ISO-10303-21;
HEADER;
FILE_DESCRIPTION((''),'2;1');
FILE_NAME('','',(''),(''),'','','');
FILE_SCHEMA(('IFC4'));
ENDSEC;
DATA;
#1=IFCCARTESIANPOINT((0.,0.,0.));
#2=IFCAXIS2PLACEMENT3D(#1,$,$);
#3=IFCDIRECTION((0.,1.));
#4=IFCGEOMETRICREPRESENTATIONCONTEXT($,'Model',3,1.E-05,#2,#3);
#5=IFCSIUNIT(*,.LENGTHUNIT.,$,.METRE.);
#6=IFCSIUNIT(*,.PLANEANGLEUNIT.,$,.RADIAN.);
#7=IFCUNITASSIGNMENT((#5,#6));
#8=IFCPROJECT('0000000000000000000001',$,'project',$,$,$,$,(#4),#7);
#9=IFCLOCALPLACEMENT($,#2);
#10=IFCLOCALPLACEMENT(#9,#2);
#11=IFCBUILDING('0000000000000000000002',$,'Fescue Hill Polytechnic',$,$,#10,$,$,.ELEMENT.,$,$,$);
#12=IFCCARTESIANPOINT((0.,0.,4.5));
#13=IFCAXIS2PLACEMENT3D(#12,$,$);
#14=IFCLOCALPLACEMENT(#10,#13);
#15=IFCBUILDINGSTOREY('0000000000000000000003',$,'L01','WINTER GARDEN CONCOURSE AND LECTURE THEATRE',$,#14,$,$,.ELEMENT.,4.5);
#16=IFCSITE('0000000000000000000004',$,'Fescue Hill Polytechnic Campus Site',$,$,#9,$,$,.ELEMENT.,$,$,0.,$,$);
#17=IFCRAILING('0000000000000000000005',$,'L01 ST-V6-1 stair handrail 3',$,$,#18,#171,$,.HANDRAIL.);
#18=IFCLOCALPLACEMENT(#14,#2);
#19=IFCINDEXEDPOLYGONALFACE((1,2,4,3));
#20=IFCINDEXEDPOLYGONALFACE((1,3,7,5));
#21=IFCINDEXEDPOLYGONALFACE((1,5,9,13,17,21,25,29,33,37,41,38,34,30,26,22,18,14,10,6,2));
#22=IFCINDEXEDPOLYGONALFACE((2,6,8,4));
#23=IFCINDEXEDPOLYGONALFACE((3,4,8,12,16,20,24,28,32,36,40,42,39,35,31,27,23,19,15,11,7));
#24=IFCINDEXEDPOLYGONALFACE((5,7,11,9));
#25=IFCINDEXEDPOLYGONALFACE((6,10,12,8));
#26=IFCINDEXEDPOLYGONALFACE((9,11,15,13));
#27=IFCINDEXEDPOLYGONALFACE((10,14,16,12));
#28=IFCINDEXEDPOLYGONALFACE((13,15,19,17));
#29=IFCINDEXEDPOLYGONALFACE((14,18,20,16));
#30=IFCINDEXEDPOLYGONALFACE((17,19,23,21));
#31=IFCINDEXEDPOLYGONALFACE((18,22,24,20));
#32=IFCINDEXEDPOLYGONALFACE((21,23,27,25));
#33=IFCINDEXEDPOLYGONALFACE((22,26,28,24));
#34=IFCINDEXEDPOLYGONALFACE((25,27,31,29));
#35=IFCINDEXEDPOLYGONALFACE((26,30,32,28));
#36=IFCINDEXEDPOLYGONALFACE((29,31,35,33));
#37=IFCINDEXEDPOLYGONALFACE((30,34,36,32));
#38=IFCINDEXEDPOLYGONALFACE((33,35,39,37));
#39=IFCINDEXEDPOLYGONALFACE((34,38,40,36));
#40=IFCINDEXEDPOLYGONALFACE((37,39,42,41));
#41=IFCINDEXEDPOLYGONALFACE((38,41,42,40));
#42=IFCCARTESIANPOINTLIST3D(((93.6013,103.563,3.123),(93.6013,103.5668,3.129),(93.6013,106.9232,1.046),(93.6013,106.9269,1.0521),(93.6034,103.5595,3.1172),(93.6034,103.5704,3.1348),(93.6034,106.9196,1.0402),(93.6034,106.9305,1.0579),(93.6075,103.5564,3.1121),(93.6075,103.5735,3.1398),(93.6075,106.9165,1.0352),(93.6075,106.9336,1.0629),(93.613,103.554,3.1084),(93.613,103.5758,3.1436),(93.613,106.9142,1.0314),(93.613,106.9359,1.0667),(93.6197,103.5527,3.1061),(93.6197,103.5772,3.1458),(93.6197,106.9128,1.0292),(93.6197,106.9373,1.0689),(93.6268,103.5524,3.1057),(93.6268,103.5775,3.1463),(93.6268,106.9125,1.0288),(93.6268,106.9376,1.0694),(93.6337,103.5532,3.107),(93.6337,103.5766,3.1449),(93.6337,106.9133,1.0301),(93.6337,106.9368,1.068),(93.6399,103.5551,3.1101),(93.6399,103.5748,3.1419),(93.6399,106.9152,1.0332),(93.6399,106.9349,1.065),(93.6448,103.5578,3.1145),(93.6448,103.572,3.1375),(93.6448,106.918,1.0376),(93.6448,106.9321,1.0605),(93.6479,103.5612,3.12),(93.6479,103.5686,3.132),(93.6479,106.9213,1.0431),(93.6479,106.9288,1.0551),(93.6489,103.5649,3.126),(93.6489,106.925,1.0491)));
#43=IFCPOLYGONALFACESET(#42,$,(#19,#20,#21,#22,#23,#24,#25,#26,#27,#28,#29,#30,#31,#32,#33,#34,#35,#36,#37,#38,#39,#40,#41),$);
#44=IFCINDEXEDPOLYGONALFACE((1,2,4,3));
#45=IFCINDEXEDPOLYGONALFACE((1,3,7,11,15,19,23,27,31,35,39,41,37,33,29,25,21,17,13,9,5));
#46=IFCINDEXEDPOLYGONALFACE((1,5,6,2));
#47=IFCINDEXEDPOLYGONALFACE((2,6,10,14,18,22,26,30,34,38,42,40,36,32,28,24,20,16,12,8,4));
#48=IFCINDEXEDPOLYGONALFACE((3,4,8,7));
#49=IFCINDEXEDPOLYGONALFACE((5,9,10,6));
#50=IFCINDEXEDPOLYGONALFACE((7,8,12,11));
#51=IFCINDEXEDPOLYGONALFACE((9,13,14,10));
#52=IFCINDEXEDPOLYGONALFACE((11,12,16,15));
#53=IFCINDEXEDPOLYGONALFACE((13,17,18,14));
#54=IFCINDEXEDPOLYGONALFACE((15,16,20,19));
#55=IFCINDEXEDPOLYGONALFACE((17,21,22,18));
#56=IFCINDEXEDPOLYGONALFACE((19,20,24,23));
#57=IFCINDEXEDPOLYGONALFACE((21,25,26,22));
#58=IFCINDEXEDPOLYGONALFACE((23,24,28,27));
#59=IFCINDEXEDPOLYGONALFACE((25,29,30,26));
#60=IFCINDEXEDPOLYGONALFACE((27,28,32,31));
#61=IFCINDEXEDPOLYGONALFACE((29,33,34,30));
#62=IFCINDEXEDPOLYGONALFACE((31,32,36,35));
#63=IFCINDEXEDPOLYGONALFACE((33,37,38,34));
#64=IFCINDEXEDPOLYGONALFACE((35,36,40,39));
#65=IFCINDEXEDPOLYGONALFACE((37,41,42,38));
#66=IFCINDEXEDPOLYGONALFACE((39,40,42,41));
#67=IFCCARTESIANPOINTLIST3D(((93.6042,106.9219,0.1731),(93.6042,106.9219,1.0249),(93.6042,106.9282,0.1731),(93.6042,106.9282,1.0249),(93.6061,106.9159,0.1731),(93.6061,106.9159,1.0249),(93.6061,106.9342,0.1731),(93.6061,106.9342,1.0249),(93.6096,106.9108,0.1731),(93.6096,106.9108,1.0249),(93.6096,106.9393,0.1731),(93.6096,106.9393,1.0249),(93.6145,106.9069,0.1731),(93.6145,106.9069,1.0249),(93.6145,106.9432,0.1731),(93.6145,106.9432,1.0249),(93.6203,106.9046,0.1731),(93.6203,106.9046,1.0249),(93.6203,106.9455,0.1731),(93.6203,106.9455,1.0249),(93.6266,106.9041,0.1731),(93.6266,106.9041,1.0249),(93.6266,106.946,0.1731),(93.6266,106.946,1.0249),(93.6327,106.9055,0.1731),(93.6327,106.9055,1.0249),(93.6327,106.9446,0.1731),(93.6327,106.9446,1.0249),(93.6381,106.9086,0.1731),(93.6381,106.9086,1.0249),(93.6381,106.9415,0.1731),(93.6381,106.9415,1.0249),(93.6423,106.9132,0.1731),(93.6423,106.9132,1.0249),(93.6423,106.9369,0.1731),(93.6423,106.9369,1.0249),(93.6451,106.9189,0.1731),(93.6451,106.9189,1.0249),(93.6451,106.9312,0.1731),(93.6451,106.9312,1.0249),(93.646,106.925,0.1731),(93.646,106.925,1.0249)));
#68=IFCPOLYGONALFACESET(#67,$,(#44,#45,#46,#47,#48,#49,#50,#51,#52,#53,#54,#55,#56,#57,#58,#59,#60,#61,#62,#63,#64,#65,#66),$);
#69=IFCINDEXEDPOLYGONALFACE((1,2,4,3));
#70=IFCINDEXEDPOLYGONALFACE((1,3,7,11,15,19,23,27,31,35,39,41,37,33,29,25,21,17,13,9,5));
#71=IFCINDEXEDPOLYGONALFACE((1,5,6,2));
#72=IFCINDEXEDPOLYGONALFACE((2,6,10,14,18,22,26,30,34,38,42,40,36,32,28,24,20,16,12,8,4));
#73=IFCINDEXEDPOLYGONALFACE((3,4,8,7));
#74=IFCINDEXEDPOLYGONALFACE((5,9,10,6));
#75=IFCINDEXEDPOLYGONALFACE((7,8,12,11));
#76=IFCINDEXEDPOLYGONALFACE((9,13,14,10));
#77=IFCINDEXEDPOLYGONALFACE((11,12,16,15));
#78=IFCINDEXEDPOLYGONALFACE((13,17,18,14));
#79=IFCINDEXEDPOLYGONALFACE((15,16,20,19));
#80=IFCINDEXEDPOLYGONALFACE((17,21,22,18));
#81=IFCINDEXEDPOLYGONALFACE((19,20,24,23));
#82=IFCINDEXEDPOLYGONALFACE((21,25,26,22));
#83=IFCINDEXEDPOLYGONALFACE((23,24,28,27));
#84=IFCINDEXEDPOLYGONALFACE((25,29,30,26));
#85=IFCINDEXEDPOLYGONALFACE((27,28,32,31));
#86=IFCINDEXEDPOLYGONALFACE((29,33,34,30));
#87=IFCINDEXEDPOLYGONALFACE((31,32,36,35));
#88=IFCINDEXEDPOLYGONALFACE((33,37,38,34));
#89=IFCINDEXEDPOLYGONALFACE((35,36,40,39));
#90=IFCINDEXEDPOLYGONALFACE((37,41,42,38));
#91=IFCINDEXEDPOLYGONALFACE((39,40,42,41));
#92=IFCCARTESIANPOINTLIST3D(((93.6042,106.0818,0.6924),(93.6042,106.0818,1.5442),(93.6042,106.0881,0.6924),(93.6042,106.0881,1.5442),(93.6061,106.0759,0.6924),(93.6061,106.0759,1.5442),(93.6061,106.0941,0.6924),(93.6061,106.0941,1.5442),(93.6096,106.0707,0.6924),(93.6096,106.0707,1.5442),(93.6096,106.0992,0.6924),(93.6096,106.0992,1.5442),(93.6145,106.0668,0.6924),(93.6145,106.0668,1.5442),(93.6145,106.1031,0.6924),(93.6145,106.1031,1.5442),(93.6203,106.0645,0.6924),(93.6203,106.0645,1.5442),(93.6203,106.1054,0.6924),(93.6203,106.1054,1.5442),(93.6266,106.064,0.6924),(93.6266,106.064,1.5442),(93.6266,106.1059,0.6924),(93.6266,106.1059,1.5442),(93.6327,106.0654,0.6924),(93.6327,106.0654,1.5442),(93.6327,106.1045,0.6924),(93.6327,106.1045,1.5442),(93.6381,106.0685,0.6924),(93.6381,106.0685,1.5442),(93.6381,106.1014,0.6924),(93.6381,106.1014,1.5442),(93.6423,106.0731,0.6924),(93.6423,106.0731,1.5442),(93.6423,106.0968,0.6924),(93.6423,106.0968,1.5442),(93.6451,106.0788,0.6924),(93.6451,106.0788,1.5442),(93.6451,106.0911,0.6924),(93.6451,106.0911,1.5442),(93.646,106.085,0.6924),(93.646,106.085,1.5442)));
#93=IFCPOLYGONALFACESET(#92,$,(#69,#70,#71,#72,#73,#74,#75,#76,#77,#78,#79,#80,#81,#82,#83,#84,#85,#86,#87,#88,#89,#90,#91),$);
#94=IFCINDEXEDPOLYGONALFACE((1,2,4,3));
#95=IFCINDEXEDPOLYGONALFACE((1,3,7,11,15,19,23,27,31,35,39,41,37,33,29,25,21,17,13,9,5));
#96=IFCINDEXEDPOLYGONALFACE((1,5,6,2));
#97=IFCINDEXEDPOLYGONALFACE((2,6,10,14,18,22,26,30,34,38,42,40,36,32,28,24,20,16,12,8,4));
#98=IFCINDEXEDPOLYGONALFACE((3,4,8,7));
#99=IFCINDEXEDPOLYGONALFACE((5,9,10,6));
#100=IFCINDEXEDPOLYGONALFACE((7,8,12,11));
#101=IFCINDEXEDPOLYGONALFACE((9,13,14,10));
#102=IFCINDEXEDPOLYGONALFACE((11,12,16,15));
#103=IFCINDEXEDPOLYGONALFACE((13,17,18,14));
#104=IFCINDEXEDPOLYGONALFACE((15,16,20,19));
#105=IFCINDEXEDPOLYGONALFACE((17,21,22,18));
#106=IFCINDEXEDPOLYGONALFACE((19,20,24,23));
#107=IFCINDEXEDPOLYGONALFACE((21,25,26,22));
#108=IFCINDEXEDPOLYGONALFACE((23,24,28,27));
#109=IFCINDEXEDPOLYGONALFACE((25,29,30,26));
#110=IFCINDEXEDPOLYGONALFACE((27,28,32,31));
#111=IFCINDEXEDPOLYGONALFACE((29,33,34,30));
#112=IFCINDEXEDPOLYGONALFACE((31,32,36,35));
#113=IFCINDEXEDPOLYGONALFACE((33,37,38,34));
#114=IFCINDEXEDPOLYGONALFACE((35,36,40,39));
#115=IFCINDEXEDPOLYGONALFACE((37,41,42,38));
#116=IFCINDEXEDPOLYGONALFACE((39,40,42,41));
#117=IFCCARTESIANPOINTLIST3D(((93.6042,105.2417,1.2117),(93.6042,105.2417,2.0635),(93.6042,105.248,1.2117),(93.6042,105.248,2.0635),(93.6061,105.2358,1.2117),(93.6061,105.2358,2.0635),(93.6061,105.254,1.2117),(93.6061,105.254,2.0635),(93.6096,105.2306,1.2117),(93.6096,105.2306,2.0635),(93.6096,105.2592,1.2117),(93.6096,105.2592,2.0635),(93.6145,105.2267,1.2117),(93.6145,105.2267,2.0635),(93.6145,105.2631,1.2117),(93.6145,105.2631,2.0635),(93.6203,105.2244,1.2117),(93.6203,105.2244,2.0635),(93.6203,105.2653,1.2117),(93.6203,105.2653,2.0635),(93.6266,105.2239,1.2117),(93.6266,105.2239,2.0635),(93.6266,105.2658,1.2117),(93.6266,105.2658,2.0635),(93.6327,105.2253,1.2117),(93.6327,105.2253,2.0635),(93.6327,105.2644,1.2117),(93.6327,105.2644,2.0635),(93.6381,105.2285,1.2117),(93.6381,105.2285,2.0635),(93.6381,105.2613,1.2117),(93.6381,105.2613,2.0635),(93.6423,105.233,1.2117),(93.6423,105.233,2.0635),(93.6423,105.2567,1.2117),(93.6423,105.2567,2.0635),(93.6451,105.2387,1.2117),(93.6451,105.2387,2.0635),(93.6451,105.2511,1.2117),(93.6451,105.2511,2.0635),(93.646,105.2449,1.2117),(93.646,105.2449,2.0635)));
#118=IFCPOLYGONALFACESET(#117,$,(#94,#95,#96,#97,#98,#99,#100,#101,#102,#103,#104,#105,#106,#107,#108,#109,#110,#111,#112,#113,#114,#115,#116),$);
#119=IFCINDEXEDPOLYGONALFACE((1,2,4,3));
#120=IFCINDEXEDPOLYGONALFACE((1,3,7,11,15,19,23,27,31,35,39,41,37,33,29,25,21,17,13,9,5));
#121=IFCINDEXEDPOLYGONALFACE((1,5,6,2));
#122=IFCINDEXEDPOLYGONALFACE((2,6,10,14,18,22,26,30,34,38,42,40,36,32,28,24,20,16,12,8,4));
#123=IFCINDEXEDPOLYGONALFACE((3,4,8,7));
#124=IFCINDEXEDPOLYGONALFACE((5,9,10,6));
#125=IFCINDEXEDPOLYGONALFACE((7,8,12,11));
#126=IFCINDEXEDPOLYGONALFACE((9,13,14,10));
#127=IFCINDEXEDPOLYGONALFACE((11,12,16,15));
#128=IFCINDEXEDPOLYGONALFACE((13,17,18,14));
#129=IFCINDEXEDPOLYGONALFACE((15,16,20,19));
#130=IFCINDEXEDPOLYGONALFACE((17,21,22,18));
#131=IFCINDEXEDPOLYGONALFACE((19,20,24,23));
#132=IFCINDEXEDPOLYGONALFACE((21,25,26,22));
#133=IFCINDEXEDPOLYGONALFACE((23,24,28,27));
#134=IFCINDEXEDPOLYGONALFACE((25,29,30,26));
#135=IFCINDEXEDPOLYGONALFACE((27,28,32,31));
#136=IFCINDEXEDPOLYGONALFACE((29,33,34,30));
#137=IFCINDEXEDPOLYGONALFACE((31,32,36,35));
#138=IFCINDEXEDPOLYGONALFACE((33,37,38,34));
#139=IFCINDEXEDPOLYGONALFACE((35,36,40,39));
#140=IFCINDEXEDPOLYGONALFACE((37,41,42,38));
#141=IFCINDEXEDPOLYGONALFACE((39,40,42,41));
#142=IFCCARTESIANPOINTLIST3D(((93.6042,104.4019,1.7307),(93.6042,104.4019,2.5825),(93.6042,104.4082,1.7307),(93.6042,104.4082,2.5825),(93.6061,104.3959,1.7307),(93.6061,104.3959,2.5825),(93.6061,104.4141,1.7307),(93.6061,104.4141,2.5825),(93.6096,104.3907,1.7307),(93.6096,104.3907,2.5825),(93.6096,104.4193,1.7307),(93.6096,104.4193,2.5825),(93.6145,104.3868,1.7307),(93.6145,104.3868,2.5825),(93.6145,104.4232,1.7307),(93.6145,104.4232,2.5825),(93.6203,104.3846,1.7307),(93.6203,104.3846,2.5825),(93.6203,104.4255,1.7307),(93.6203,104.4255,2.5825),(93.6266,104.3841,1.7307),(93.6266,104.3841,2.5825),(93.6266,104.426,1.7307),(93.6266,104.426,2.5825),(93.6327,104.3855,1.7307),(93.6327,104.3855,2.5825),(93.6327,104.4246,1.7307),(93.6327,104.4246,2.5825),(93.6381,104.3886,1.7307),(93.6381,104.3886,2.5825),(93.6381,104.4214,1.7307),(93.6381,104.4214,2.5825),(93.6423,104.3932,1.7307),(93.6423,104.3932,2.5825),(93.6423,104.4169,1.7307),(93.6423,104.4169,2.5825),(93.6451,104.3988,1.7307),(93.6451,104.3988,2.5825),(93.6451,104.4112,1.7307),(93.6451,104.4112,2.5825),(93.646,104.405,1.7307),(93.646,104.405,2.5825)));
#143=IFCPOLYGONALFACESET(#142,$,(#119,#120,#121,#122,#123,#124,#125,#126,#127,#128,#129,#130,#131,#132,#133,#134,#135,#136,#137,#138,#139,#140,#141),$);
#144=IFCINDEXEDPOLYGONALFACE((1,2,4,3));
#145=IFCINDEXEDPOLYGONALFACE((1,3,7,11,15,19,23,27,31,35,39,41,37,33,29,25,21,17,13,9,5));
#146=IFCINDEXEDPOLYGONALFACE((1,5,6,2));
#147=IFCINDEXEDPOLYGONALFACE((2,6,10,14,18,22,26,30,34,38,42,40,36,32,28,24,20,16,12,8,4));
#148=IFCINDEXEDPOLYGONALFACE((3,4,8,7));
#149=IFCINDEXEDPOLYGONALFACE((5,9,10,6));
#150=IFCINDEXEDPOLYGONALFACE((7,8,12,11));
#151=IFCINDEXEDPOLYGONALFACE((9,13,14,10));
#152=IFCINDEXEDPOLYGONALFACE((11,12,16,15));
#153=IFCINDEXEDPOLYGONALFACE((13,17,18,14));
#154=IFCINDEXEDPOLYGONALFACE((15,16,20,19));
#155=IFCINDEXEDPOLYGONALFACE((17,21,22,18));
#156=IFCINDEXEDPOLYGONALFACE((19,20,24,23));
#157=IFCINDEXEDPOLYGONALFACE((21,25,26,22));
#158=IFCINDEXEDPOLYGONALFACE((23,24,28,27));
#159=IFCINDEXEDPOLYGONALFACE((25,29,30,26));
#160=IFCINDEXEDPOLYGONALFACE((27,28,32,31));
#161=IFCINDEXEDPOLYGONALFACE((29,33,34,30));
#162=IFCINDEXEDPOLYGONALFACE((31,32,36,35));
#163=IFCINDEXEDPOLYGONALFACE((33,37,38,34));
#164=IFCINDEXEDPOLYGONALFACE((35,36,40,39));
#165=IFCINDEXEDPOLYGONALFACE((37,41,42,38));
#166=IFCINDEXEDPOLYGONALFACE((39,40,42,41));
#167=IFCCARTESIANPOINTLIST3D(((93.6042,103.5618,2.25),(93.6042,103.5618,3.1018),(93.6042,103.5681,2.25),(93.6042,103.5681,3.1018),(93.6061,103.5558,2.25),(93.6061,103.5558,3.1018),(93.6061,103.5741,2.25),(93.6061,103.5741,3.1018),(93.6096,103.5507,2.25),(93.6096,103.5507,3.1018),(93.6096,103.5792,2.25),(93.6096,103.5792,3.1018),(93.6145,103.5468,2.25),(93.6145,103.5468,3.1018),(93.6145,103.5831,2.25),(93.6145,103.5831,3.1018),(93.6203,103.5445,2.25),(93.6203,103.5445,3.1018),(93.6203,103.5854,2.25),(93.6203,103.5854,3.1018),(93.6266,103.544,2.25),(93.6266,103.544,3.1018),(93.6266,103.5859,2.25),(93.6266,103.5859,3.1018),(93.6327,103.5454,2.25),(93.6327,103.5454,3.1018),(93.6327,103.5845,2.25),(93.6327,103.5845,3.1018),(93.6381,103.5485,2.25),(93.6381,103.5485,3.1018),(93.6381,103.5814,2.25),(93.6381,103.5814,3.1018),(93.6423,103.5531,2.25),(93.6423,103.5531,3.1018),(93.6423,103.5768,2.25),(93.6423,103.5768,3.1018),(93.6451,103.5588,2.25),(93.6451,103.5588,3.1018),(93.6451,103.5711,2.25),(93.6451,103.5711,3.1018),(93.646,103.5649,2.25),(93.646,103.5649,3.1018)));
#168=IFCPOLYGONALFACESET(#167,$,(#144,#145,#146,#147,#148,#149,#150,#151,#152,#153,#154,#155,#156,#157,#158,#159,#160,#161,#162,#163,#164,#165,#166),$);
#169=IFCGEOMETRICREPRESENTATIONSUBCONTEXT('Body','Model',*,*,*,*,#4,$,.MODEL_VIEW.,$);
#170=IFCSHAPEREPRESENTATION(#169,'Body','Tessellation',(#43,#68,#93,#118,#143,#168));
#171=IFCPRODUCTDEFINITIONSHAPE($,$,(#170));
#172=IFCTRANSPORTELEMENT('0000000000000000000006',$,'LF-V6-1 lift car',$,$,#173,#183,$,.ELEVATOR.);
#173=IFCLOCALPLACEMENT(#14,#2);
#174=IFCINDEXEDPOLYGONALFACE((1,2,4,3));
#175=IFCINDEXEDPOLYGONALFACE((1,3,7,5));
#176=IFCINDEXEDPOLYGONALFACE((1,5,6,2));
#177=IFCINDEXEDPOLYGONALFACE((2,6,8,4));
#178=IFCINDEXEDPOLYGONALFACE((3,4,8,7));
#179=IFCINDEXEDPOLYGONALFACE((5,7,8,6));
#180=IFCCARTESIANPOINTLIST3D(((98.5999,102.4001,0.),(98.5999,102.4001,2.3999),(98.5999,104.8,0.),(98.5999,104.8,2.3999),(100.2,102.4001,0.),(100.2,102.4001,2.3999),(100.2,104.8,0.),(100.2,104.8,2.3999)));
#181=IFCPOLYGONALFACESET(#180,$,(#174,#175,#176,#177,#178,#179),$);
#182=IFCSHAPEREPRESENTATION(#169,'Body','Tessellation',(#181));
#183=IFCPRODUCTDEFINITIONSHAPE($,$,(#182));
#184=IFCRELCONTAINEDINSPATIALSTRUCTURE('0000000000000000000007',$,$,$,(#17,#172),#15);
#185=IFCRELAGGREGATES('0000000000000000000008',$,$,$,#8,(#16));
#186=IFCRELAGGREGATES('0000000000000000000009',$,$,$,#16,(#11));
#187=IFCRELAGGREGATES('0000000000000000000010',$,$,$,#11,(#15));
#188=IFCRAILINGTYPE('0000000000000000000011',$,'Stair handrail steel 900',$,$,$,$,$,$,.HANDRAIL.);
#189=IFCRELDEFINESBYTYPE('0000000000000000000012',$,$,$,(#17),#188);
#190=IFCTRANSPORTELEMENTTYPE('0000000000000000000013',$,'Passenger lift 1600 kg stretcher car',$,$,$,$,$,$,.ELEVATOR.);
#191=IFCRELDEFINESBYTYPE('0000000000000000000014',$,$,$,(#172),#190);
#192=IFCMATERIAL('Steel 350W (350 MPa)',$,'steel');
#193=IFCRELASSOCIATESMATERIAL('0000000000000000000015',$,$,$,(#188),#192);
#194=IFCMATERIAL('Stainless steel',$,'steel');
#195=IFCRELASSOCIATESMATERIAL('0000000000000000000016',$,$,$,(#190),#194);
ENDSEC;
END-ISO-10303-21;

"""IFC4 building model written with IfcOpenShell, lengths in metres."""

from ifc_helpers import new_model, si_unit, direction, frame, origin, origin_2d, place, context, subcontext, project, spatial, rectangle, circle, extrude, material, type_object, element, save


model = new_model("IFC4")

# Units and contexts
model_context = context("Model", 3, precision=1e-05, world=origin(), true_north=direction((0.0, 1.0)))
body_context = subcontext(model_context, "Body", "Model", "MODEL_VIEW")
ifc_project = project(units=[si_unit("LENGTHUNIT", "METRE"), si_unit("PLANEANGLEUNIT", "RADIAN")], contexts=[model_context])

# Site, building, storey
site_placement = place(None, origin())
site = spatial("IfcSite", under=ifc_project, at=site_placement, Name="Fescue Hill Polytechnic Campus Site", CompositionType="ELEMENT", RefElevation=0.0)
building_placement = place(site_placement, origin())
building = spatial("IfcBuilding", under=site, at=building_placement, Name="Fescue Hill Polytechnic", CompositionType="ELEMENT")
storey_placement = place(building_placement, frame((0.0, 0.0, 4.5)))
storey = spatial("IfcBuildingStorey", under=building, at=storey_placement, Name="L01", Description="WINTER GARDEN CONCOURSE AND LECTURE THEATRE", CompositionType="ELEMENT", Elevation=4.5)

# Shared definitions
ifc_material_1 = material(Name="Stainless steel", Category="steel")

# Railing
ifc_material_2 = material(Name="Steel 350W (350 MPa)", Category="steel")
railing_type_1 = type_object("IfcRailingType", Name="Stair handrail steel 900", PredefinedType="HANDRAIL", material=ifc_material_2)
for number, where, name in (
    (1, (93.625, 106.925, 0.1731), "L01 ST-V6-1 stair handrail 3"),
):
    element("IfcRailing", number, at=place(storey_placement, frame(where)), inside=storey, type_object=railing_type_1, Name=name, PredefinedType="HANDRAIL", context=body_context, shape_type="SweptSolid", body=[
        extrude(circle(Radius=0.0239, at=origin_2d()), frame((0.0, 0.0, 0.876), z_axis=(0.0, -0.850623, 0.525776), x_axis=(1.0, 0.0, 0.0)), (0.0, 0.0, 1.0), 3.9502),
        extrude(circle(Radius=0.021, at=origin_2d()), origin(), (0.0, 0.0, 1.0), 0.8518),
        extrude(circle(Radius=0.021, at=origin_2d()), frame((0.0, -0.8401, 0.5193)), (0.0, 0.0, 1.0), 0.8518),
        extrude(circle(Radius=0.021, at=origin_2d()), frame((0.0, -1.6802, 1.0386)), (0.0, 0.0, 1.0), 0.8518),
        extrude(circle(Radius=0.021, at=origin_2d()), frame((0.0, -2.52, 1.5576)), (0.0, 0.0, 1.0), 0.8518),
        extrude(circle(Radius=0.021, at=origin_2d()), frame((0.0, -3.3601, 2.0769)), (0.0, 0.0, 1.0), 0.8518),
    ])

# Transport element
transport_element_type = type_object("IfcTransportElementType", Name="Passenger lift 1600 kg stretcher car", PredefinedType="ELEVATOR", material=ifc_material_1)
transport_element_placement = place(storey_placement, frame((99.3999, 103.6001, 0.0), z_axis=(0.0, 0.0, 1.0), x_axis=(1.0, 0.0, 0.0)))
element("IfcTransportElement", 2, at=transport_element_placement, inside=storey, type_object=transport_element_type, Name="LF-V6-1 lift car", PredefinedType="ELEVATOR", context=body_context, shape_type="SweptSolid", body=[
    extrude(rectangle(XDim=1.6001, YDim=2.3999, at=origin_2d()), origin(), (0.0, 0.0, 1.0), 2.3999),
])

save(model, "model.ifc")
